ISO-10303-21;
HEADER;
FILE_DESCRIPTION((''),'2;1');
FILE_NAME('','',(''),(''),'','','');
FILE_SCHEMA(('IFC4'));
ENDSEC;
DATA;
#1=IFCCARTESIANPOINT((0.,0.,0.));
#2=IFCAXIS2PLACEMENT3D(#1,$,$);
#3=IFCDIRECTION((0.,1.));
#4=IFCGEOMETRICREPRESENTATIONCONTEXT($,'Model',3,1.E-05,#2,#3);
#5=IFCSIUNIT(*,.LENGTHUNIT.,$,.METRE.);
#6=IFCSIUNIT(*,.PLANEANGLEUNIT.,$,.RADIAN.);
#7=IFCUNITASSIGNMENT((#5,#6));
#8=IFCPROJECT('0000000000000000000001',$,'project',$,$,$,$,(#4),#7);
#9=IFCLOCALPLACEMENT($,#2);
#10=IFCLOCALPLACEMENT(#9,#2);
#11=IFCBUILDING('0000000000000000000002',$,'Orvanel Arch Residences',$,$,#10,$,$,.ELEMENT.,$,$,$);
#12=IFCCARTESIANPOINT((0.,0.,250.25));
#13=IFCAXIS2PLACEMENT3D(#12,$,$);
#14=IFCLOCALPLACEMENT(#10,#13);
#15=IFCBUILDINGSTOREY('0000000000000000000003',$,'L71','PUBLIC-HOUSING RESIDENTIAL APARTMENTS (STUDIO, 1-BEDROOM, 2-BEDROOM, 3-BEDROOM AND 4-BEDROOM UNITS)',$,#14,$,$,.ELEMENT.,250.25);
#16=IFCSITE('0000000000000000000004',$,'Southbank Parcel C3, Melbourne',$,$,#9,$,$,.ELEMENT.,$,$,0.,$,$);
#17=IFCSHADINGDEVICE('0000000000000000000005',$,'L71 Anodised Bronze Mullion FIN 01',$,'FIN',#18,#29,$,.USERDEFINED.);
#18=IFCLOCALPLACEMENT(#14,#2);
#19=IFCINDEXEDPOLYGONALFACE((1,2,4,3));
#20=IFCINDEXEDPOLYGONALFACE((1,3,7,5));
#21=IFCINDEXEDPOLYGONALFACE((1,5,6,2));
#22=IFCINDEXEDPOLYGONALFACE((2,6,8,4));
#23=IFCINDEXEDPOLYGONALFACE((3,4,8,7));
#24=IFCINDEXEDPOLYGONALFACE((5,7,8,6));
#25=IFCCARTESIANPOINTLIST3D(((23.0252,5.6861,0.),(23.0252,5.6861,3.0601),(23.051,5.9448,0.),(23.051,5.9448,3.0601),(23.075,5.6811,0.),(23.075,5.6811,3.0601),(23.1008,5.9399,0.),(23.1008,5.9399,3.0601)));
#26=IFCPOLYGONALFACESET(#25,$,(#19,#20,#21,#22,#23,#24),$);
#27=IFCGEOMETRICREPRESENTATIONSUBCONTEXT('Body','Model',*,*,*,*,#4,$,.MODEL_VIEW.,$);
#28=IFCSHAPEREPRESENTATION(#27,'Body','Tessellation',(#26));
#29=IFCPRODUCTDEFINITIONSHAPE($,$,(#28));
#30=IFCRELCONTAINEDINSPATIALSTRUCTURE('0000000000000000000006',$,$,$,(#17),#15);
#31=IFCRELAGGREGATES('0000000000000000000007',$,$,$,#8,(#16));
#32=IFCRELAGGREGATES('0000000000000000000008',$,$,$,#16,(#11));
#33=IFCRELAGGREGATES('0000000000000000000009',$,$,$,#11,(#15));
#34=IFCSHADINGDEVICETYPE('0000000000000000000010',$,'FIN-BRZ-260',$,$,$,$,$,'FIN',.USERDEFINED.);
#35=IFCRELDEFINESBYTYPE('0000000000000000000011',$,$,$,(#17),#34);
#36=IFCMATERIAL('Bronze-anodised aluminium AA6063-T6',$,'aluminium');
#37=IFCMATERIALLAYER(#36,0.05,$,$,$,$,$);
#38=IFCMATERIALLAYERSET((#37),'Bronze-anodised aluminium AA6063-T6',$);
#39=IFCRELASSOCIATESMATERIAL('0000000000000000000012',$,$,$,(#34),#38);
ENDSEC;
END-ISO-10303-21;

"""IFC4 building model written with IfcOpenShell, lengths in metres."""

from ifc_helpers import new_model, si_unit, direction, frame, origin, origin_2d, place, context, subcontext, project, spatial, rectangle, extrude, material, layer, layer_set, type_object, element, save


model = new_model("IFC4")

# Units and contexts
model_context = context("Model", 3, precision=1e-05, world=origin(), true_north=direction((0.0, 1.0)))
body_context = subcontext(model_context, "Body", "Model", "MODEL_VIEW")
ifc_project = project(units=[si_unit("LENGTHUNIT", "METRE"), si_unit("PLANEANGLEUNIT", "RADIAN")], contexts=[model_context])

# Site, building, storey
site_placement = place(None, origin())
site = spatial("IfcSite", under=ifc_project, at=site_placement, Name="Southbank Parcel C3, Melbourne", CompositionType="ELEMENT", RefElevation=0.0)
building_placement = place(site_placement, origin())
building = spatial("IfcBuilding", under=site, at=building_placement, Name="Orvanel Arch Residences", CompositionType="ELEMENT")
storey_placement = place(building_placement, frame((0.0, 0.0, 250.25)))
storey = spatial("IfcBuildingStorey", under=building, at=storey_placement, Name="L71", Description="PUBLIC-HOUSING RESIDENTIAL APARTMENTS (STUDIO, 1-BEDROOM, 2-BEDROOM, 3-BEDROOM AND 4-BEDROOM UNITS)", CompositionType="ELEMENT", Elevation=250.25)

# Shared definitions
ifc_material_1 = material(Name="Bronze-anodised aluminium AA6063-T6", Category="aluminium")

# Shading device
ifc_layer_1 = layer(ifc_material_1, 0.05)
ifc_layer_set_1 = layer_set([ifc_layer_1], Name="Bronze-anodised aluminium AA6063-T6")
shading_device_type = type_object("IfcShadingDeviceType", Name="FIN-BRZ-260", ElementType="FIN", PredefinedType="USERDEFINED", material=ifc_layer_set_1)
shading_device_placement = place(storey_placement, frame((23.063, 5.813, 0.0), z_axis=(0.0, 0.0, 1.0), x_axis=(-0.09932, -0.995056, 0.0)))
element("IfcShadingDevice", 1, at=shading_device_placement, inside=storey, type_object=shading_device_type, Name="L71 Anodised Bronze Mullion FIN 01", ObjectType="FIN", PredefinedType="USERDEFINED", context=body_context, shape_type="SweptSolid", body=[
    extrude(rectangle(XDim=0.26, YDim=0.05, at=origin_2d()), origin(), (0.0, 0.0, 1.0), 3.0601),
])

save(model, "model.ifc")
